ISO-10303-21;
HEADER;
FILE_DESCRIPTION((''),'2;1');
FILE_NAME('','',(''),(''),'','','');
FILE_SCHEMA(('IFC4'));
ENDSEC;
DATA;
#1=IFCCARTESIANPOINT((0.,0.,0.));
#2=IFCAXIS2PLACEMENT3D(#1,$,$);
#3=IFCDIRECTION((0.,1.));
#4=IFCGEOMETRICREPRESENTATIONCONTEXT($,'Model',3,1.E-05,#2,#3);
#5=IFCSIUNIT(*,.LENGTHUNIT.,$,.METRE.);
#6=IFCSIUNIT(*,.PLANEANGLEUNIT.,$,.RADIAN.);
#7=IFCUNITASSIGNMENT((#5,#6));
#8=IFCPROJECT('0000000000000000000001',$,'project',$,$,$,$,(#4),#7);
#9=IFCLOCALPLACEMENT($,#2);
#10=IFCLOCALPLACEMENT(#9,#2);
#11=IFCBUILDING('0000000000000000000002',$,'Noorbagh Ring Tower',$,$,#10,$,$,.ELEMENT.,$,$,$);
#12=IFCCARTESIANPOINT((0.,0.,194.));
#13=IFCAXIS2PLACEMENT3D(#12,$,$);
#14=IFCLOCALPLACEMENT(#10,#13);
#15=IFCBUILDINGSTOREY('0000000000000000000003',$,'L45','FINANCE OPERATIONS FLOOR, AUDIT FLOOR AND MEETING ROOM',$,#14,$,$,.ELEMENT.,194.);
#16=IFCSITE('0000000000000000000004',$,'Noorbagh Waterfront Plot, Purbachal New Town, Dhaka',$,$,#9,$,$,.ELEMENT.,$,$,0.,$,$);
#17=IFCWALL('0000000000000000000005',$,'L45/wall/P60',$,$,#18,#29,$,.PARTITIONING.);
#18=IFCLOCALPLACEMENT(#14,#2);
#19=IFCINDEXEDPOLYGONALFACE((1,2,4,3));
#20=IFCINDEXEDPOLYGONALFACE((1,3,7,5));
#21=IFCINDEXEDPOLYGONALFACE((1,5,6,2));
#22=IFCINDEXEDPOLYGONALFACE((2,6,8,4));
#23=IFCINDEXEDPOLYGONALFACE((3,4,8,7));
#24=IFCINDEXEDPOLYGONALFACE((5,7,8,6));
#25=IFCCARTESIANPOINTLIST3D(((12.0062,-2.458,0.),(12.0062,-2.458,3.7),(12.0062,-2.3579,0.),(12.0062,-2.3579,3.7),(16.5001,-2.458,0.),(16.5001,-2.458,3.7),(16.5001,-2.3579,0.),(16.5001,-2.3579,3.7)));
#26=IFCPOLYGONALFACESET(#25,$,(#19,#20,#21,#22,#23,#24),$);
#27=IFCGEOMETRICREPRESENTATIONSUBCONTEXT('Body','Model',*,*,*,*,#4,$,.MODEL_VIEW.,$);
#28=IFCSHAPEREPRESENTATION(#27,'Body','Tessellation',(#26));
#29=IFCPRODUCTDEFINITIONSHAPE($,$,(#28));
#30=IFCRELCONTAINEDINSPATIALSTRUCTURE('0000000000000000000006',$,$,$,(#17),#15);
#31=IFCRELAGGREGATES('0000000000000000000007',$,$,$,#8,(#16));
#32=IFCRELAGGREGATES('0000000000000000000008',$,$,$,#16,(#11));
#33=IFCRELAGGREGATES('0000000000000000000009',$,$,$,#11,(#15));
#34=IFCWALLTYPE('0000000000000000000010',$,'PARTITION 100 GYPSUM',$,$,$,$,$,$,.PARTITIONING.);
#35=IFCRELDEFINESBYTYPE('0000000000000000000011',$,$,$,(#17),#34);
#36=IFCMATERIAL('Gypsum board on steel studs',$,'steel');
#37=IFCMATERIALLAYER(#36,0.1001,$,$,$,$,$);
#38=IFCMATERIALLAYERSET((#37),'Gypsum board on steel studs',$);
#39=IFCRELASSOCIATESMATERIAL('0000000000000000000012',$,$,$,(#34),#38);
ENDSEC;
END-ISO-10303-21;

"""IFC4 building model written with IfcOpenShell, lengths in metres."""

from ifc_helpers import new_model, si_unit, direction, frame, frame_2d, origin, place, context, subcontext, project, spatial, rectangle, extrude, material, layer, layer_set, type_object, element, save


model = new_model("IFC4")

# Units and contexts
model_context = context("Model", 3, precision=1e-05, world=origin(), true_north=direction((0.0, 1.0)))
body_context = subcontext(model_context, "Body", "Model", "MODEL_VIEW")
ifc_project = project(units=[si_unit("LENGTHUNIT", "METRE"), si_unit("PLANEANGLEUNIT", "RADIAN")], contexts=[model_context])

# Site, building, storey
site_placement = place(None, origin())
site = spatial("IfcSite", under=ifc_project, at=site_placement, Name="Noorbagh Waterfront Plot, Purbachal New Town, Dhaka", CompositionType="ELEMENT", RefElevation=0.0)
building_placement = place(site_placement, origin())
building = spatial("IfcBuilding", under=site, at=building_placement, Name="Noorbagh Ring Tower", CompositionType="ELEMENT")
storey_placement = place(building_placement, frame((0.0, 0.0, 194.0)))
storey = spatial("IfcBuildingStorey", under=building, at=storey_placement, Name="L45", Description="FINANCE OPERATIONS FLOOR, AUDIT FLOOR AND MEETING ROOM", CompositionType="ELEMENT", Elevation=194.0)

# Wall
ifc_material_1 = material(Name="Gypsum board on steel studs", Category="steel")
ifc_layer_1 = layer(ifc_material_1, 0.1001)
ifc_layer_set_1 = layer_set([ifc_layer_1], Name="Gypsum board on steel studs")
wall_type_1 = type_object("IfcWallType", Name="PARTITION 100 GYPSUM", PredefinedType="PARTITIONING", material=ifc_layer_set_1)
wall_1_placement = place(storey_placement, frame((12.0061, -2.408, 0.0), z_axis=(0.0, 0.0, 1.0), x_axis=(1.0, 0.0, 0.0)))
element("IfcWall", 1, at=wall_1_placement, inside=storey, type_object=wall_type_1, Name="L45/wall/P60", PredefinedType="PARTITIONING", context=body_context, shape_type="SweptSolid", body=[
    extrude(rectangle(XDim=4.4939, YDim=0.1001, at=frame_2d((2.2471, 0.0))), origin(), (0.0, 0.0, 1.0), 3.7),
])

save(model, "model.ifc")
